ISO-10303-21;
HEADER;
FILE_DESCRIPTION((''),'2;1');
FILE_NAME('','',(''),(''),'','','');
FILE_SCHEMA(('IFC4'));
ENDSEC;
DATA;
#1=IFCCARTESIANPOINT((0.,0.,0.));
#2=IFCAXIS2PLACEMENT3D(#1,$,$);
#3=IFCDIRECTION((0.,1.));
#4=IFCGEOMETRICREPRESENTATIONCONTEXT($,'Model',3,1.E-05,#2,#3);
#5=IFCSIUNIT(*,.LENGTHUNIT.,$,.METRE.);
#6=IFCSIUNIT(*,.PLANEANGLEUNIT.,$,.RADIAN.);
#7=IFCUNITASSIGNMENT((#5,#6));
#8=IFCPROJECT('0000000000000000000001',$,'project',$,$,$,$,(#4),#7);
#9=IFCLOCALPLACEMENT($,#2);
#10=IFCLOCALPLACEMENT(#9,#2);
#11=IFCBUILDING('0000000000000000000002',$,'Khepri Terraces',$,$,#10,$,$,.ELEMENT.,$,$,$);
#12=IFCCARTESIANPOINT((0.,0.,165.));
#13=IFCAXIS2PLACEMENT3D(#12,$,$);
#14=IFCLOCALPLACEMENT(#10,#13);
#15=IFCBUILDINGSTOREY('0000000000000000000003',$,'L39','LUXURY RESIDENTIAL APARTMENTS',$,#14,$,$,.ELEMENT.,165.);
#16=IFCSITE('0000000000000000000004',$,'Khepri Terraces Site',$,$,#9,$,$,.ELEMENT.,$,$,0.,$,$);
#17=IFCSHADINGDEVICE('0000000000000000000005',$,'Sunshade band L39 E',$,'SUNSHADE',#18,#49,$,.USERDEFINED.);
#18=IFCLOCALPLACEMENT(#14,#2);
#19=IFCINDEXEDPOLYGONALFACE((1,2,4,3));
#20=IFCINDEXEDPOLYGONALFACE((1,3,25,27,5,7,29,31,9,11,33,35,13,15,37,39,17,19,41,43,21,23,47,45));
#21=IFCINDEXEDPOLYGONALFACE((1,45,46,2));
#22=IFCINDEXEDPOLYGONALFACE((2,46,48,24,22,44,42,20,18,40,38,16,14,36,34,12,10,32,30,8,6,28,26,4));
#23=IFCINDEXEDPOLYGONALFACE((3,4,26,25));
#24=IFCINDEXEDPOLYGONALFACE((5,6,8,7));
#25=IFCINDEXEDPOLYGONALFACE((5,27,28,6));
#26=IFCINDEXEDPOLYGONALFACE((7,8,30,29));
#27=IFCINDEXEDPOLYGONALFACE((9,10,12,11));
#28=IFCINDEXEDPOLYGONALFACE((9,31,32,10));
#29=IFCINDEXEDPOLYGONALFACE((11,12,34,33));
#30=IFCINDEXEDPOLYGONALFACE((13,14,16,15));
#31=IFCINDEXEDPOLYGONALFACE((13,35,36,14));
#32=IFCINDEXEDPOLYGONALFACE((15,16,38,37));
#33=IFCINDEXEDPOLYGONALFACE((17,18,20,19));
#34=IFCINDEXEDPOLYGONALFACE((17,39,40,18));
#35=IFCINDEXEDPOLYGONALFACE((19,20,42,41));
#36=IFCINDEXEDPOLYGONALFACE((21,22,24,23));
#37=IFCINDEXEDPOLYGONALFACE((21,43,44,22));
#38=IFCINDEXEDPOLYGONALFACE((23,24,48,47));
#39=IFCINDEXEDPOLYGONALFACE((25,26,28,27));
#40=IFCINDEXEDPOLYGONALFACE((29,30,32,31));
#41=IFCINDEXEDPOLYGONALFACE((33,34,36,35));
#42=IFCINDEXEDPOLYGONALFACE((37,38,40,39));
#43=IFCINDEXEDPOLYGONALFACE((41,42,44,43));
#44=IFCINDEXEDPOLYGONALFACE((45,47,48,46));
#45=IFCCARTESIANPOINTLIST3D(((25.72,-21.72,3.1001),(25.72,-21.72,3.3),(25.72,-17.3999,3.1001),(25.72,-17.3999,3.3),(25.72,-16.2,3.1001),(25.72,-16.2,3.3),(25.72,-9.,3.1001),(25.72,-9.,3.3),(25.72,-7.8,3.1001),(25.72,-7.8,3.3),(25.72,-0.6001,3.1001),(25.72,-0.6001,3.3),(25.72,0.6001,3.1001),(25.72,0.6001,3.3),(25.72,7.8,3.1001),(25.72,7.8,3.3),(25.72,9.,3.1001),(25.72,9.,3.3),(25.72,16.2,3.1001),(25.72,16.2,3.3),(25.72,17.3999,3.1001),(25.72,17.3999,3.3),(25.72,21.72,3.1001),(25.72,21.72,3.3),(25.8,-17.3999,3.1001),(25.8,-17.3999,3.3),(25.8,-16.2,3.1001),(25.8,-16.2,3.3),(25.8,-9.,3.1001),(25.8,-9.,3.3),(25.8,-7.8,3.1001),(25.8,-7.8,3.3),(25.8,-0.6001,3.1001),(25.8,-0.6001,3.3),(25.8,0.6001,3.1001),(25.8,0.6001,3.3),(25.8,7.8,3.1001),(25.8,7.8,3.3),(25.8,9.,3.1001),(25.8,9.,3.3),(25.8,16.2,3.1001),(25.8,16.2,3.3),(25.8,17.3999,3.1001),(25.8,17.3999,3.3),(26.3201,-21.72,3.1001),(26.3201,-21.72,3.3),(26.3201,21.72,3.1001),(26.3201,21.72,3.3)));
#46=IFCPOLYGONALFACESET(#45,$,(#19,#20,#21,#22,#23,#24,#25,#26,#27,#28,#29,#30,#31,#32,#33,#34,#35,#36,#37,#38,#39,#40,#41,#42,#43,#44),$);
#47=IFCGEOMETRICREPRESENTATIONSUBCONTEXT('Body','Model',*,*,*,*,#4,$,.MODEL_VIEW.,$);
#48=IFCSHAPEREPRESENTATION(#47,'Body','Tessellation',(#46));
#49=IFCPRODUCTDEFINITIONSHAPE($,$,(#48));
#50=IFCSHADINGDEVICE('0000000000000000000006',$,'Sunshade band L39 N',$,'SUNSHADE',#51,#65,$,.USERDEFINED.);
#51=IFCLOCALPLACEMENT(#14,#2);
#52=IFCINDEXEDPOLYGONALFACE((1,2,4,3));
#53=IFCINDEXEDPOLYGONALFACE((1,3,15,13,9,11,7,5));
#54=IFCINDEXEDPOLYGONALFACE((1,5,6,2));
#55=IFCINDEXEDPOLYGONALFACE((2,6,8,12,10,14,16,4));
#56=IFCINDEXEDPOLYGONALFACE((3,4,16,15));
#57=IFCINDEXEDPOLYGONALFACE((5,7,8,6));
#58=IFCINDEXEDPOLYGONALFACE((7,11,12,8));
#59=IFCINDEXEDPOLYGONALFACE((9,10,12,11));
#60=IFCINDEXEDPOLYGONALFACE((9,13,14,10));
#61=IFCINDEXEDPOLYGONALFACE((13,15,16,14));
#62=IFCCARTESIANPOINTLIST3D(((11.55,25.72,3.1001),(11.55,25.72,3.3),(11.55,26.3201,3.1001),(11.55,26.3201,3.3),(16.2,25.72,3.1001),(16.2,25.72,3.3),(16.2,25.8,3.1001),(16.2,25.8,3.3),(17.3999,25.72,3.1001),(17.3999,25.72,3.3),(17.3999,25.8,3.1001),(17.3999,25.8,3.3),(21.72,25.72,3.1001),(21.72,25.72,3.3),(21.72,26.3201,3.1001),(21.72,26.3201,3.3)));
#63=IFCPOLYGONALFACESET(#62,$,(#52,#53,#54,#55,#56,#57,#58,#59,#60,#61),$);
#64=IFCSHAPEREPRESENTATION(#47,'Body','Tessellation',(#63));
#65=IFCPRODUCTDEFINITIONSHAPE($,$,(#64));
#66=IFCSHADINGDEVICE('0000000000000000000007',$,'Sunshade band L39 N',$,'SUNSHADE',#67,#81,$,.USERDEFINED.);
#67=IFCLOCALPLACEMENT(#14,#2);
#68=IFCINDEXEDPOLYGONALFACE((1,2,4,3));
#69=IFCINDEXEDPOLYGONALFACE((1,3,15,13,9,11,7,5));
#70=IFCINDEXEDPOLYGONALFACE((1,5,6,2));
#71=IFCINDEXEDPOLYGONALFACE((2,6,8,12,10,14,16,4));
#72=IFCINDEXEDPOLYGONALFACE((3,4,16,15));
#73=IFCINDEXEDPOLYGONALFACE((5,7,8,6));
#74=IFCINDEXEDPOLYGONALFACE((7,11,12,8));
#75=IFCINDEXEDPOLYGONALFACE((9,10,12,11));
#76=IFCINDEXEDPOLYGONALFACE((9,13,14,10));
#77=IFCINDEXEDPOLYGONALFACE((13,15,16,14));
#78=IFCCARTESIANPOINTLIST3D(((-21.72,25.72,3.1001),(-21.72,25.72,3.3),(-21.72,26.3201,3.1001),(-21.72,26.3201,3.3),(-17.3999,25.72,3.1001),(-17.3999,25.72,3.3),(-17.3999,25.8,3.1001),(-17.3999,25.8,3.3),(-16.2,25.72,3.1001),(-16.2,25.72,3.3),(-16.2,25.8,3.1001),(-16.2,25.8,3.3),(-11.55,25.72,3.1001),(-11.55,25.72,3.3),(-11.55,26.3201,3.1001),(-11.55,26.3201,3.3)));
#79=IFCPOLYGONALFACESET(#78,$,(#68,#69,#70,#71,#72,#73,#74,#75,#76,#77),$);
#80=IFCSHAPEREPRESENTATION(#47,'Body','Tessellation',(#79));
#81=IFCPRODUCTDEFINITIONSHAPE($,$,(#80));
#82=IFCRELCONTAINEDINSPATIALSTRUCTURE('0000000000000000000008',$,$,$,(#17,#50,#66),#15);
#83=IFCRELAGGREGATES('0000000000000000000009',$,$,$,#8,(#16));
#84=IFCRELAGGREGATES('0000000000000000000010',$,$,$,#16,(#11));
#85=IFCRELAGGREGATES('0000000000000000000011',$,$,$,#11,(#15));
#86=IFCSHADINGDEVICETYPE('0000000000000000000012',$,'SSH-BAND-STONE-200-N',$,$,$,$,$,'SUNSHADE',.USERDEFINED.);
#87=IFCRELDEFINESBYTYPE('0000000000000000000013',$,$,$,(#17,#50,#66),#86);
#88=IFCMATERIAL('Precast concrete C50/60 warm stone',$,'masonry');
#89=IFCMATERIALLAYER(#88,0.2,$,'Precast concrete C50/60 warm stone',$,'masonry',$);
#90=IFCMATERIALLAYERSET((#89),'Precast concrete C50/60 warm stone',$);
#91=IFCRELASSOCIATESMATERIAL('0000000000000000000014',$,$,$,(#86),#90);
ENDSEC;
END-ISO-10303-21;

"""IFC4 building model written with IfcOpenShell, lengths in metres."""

from ifc_helpers import new_model, si_unit, direction, frame, origin, place, context, subcontext, project, spatial, polyline, outline, extrude, material, layer, layer_set, type_object, element, save


model = new_model("IFC4")

# Units and contexts
model_context = context("Model", 3, precision=1e-05, world=origin(), true_north=direction((0.0, 1.0)))
body_context = subcontext(model_context, "Body", "Model", "MODEL_VIEW")
ifc_project = project(units=[si_unit("LENGTHUNIT", "METRE"), si_unit("PLANEANGLEUNIT", "RADIAN")], contexts=[model_context])

# Site, building, storey
site_placement = place(None, origin())
site = spatial("IfcSite", under=ifc_project, at=site_placement, Name="Khepri Terraces Site", CompositionType="ELEMENT", RefElevation=0.0)
building_placement = place(site_placement, origin())
building = spatial("IfcBuilding", under=site, at=building_placement, Name="Khepri Terraces", CompositionType="ELEMENT")
storey_placement = place(building_placement, frame((0.0, 0.0, 165.0)))
storey = spatial("IfcBuildingStorey", under=building, at=storey_placement, Name="L39", Description="LUXURY RESIDENTIAL APARTMENTS", CompositionType="ELEMENT", Elevation=165.0)

# Shared definitions
ifc_material_1 = material(Name="Precast concrete C50/60 warm stone", Category="masonry")

# Shading devices
ifc_layer_1 = layer(ifc_material_1, 0.2, Name="Precast concrete C50/60 warm stone", Category="masonry")
ifc_layer_set_1 = layer_set([ifc_layer_1], Name="Precast concrete C50/60 warm stone")
shading_device_type_1 = type_object("IfcShadingDeviceType", Name="SSH-BAND-STONE-200-N", ElementType="SUNSHADE", PredefinedType="USERDEFINED", material=ifc_layer_set_1)
shading_device_1_placement = place(storey_placement, frame((0.0, 0.0, 3.1001)))
element("IfcShadingDevice", 1, at=shading_device_1_placement, inside=storey, type_object=shading_device_type_1, Name="Sunshade band L39 E", ObjectType="SUNSHADE", PredefinedType="USERDEFINED", context=body_context, shape_type="SweptSolid", body=[
    extrude(outline(polyline([(25.72, -17.3999), (25.72, -21.72), (26.3201, -21.72), (26.3201, 21.72), (25.72, 21.72), (25.72, 17.3999), (25.8, 17.3999), (25.8, 16.2), (25.72, 16.2), (25.72, 9.0), (25.8, 9.0), (25.8, 7.8), (25.72, 7.8), (25.72, 0.6001), (25.8, 0.6001), (25.8, -0.6001), (25.72, -0.6001), (25.72, -7.8), (25.8, -7.8), (25.8, -9.0), (25.72, -9.0), (25.72, -16.2), (25.8, -16.2), (25.8, -17.3999), (25.72, -17.3999)])), origin(), (0.0, 0.0, 1.0), 0.2),
])
shading_device_2_placement = place(storey_placement, frame((0.0, 0.0, 3.1001)))
element("IfcShadingDevice", 2, at=shading_device_2_placement, inside=storey, type_object=shading_device_type_1, Name="Sunshade band L39 N", ObjectType="SUNSHADE", PredefinedType="USERDEFINED", context=body_context, shape_type="SweptSolid", body=[
    extrude(outline(polyline([(17.3999, 25.72), (21.72, 25.72), (21.72, 26.3201), (11.55, 26.3201), (11.55, 25.72), (16.2, 25.72), (16.2, 25.8), (17.3999, 25.8), (17.3999, 25.72)])), origin(), (0.0, 0.0, 1.0), 0.2),
])
shading_device_3_placement = place(storey_placement, frame((0.0, 0.0, 3.1001)))
element("IfcShadingDevice", 3, at=shading_device_3_placement, inside=storey, type_object=shading_device_type_1, Name="Sunshade band L39 N", ObjectType="SUNSHADE", PredefinedType="USERDEFINED", context=body_context, shape_type="SweptSolid", body=[
    extrude(outline(polyline([(-16.2, 25.72), (-11.55, 25.72), (-11.55, 26.3201), (-21.72, 26.3201), (-21.72, 25.72), (-17.3999, 25.72), (-17.3999, 25.8), (-16.2, 25.8), (-16.2, 25.72)])), origin(), (0.0, 0.0, 1.0), 0.2),
])

save(model, "model.ifc")
